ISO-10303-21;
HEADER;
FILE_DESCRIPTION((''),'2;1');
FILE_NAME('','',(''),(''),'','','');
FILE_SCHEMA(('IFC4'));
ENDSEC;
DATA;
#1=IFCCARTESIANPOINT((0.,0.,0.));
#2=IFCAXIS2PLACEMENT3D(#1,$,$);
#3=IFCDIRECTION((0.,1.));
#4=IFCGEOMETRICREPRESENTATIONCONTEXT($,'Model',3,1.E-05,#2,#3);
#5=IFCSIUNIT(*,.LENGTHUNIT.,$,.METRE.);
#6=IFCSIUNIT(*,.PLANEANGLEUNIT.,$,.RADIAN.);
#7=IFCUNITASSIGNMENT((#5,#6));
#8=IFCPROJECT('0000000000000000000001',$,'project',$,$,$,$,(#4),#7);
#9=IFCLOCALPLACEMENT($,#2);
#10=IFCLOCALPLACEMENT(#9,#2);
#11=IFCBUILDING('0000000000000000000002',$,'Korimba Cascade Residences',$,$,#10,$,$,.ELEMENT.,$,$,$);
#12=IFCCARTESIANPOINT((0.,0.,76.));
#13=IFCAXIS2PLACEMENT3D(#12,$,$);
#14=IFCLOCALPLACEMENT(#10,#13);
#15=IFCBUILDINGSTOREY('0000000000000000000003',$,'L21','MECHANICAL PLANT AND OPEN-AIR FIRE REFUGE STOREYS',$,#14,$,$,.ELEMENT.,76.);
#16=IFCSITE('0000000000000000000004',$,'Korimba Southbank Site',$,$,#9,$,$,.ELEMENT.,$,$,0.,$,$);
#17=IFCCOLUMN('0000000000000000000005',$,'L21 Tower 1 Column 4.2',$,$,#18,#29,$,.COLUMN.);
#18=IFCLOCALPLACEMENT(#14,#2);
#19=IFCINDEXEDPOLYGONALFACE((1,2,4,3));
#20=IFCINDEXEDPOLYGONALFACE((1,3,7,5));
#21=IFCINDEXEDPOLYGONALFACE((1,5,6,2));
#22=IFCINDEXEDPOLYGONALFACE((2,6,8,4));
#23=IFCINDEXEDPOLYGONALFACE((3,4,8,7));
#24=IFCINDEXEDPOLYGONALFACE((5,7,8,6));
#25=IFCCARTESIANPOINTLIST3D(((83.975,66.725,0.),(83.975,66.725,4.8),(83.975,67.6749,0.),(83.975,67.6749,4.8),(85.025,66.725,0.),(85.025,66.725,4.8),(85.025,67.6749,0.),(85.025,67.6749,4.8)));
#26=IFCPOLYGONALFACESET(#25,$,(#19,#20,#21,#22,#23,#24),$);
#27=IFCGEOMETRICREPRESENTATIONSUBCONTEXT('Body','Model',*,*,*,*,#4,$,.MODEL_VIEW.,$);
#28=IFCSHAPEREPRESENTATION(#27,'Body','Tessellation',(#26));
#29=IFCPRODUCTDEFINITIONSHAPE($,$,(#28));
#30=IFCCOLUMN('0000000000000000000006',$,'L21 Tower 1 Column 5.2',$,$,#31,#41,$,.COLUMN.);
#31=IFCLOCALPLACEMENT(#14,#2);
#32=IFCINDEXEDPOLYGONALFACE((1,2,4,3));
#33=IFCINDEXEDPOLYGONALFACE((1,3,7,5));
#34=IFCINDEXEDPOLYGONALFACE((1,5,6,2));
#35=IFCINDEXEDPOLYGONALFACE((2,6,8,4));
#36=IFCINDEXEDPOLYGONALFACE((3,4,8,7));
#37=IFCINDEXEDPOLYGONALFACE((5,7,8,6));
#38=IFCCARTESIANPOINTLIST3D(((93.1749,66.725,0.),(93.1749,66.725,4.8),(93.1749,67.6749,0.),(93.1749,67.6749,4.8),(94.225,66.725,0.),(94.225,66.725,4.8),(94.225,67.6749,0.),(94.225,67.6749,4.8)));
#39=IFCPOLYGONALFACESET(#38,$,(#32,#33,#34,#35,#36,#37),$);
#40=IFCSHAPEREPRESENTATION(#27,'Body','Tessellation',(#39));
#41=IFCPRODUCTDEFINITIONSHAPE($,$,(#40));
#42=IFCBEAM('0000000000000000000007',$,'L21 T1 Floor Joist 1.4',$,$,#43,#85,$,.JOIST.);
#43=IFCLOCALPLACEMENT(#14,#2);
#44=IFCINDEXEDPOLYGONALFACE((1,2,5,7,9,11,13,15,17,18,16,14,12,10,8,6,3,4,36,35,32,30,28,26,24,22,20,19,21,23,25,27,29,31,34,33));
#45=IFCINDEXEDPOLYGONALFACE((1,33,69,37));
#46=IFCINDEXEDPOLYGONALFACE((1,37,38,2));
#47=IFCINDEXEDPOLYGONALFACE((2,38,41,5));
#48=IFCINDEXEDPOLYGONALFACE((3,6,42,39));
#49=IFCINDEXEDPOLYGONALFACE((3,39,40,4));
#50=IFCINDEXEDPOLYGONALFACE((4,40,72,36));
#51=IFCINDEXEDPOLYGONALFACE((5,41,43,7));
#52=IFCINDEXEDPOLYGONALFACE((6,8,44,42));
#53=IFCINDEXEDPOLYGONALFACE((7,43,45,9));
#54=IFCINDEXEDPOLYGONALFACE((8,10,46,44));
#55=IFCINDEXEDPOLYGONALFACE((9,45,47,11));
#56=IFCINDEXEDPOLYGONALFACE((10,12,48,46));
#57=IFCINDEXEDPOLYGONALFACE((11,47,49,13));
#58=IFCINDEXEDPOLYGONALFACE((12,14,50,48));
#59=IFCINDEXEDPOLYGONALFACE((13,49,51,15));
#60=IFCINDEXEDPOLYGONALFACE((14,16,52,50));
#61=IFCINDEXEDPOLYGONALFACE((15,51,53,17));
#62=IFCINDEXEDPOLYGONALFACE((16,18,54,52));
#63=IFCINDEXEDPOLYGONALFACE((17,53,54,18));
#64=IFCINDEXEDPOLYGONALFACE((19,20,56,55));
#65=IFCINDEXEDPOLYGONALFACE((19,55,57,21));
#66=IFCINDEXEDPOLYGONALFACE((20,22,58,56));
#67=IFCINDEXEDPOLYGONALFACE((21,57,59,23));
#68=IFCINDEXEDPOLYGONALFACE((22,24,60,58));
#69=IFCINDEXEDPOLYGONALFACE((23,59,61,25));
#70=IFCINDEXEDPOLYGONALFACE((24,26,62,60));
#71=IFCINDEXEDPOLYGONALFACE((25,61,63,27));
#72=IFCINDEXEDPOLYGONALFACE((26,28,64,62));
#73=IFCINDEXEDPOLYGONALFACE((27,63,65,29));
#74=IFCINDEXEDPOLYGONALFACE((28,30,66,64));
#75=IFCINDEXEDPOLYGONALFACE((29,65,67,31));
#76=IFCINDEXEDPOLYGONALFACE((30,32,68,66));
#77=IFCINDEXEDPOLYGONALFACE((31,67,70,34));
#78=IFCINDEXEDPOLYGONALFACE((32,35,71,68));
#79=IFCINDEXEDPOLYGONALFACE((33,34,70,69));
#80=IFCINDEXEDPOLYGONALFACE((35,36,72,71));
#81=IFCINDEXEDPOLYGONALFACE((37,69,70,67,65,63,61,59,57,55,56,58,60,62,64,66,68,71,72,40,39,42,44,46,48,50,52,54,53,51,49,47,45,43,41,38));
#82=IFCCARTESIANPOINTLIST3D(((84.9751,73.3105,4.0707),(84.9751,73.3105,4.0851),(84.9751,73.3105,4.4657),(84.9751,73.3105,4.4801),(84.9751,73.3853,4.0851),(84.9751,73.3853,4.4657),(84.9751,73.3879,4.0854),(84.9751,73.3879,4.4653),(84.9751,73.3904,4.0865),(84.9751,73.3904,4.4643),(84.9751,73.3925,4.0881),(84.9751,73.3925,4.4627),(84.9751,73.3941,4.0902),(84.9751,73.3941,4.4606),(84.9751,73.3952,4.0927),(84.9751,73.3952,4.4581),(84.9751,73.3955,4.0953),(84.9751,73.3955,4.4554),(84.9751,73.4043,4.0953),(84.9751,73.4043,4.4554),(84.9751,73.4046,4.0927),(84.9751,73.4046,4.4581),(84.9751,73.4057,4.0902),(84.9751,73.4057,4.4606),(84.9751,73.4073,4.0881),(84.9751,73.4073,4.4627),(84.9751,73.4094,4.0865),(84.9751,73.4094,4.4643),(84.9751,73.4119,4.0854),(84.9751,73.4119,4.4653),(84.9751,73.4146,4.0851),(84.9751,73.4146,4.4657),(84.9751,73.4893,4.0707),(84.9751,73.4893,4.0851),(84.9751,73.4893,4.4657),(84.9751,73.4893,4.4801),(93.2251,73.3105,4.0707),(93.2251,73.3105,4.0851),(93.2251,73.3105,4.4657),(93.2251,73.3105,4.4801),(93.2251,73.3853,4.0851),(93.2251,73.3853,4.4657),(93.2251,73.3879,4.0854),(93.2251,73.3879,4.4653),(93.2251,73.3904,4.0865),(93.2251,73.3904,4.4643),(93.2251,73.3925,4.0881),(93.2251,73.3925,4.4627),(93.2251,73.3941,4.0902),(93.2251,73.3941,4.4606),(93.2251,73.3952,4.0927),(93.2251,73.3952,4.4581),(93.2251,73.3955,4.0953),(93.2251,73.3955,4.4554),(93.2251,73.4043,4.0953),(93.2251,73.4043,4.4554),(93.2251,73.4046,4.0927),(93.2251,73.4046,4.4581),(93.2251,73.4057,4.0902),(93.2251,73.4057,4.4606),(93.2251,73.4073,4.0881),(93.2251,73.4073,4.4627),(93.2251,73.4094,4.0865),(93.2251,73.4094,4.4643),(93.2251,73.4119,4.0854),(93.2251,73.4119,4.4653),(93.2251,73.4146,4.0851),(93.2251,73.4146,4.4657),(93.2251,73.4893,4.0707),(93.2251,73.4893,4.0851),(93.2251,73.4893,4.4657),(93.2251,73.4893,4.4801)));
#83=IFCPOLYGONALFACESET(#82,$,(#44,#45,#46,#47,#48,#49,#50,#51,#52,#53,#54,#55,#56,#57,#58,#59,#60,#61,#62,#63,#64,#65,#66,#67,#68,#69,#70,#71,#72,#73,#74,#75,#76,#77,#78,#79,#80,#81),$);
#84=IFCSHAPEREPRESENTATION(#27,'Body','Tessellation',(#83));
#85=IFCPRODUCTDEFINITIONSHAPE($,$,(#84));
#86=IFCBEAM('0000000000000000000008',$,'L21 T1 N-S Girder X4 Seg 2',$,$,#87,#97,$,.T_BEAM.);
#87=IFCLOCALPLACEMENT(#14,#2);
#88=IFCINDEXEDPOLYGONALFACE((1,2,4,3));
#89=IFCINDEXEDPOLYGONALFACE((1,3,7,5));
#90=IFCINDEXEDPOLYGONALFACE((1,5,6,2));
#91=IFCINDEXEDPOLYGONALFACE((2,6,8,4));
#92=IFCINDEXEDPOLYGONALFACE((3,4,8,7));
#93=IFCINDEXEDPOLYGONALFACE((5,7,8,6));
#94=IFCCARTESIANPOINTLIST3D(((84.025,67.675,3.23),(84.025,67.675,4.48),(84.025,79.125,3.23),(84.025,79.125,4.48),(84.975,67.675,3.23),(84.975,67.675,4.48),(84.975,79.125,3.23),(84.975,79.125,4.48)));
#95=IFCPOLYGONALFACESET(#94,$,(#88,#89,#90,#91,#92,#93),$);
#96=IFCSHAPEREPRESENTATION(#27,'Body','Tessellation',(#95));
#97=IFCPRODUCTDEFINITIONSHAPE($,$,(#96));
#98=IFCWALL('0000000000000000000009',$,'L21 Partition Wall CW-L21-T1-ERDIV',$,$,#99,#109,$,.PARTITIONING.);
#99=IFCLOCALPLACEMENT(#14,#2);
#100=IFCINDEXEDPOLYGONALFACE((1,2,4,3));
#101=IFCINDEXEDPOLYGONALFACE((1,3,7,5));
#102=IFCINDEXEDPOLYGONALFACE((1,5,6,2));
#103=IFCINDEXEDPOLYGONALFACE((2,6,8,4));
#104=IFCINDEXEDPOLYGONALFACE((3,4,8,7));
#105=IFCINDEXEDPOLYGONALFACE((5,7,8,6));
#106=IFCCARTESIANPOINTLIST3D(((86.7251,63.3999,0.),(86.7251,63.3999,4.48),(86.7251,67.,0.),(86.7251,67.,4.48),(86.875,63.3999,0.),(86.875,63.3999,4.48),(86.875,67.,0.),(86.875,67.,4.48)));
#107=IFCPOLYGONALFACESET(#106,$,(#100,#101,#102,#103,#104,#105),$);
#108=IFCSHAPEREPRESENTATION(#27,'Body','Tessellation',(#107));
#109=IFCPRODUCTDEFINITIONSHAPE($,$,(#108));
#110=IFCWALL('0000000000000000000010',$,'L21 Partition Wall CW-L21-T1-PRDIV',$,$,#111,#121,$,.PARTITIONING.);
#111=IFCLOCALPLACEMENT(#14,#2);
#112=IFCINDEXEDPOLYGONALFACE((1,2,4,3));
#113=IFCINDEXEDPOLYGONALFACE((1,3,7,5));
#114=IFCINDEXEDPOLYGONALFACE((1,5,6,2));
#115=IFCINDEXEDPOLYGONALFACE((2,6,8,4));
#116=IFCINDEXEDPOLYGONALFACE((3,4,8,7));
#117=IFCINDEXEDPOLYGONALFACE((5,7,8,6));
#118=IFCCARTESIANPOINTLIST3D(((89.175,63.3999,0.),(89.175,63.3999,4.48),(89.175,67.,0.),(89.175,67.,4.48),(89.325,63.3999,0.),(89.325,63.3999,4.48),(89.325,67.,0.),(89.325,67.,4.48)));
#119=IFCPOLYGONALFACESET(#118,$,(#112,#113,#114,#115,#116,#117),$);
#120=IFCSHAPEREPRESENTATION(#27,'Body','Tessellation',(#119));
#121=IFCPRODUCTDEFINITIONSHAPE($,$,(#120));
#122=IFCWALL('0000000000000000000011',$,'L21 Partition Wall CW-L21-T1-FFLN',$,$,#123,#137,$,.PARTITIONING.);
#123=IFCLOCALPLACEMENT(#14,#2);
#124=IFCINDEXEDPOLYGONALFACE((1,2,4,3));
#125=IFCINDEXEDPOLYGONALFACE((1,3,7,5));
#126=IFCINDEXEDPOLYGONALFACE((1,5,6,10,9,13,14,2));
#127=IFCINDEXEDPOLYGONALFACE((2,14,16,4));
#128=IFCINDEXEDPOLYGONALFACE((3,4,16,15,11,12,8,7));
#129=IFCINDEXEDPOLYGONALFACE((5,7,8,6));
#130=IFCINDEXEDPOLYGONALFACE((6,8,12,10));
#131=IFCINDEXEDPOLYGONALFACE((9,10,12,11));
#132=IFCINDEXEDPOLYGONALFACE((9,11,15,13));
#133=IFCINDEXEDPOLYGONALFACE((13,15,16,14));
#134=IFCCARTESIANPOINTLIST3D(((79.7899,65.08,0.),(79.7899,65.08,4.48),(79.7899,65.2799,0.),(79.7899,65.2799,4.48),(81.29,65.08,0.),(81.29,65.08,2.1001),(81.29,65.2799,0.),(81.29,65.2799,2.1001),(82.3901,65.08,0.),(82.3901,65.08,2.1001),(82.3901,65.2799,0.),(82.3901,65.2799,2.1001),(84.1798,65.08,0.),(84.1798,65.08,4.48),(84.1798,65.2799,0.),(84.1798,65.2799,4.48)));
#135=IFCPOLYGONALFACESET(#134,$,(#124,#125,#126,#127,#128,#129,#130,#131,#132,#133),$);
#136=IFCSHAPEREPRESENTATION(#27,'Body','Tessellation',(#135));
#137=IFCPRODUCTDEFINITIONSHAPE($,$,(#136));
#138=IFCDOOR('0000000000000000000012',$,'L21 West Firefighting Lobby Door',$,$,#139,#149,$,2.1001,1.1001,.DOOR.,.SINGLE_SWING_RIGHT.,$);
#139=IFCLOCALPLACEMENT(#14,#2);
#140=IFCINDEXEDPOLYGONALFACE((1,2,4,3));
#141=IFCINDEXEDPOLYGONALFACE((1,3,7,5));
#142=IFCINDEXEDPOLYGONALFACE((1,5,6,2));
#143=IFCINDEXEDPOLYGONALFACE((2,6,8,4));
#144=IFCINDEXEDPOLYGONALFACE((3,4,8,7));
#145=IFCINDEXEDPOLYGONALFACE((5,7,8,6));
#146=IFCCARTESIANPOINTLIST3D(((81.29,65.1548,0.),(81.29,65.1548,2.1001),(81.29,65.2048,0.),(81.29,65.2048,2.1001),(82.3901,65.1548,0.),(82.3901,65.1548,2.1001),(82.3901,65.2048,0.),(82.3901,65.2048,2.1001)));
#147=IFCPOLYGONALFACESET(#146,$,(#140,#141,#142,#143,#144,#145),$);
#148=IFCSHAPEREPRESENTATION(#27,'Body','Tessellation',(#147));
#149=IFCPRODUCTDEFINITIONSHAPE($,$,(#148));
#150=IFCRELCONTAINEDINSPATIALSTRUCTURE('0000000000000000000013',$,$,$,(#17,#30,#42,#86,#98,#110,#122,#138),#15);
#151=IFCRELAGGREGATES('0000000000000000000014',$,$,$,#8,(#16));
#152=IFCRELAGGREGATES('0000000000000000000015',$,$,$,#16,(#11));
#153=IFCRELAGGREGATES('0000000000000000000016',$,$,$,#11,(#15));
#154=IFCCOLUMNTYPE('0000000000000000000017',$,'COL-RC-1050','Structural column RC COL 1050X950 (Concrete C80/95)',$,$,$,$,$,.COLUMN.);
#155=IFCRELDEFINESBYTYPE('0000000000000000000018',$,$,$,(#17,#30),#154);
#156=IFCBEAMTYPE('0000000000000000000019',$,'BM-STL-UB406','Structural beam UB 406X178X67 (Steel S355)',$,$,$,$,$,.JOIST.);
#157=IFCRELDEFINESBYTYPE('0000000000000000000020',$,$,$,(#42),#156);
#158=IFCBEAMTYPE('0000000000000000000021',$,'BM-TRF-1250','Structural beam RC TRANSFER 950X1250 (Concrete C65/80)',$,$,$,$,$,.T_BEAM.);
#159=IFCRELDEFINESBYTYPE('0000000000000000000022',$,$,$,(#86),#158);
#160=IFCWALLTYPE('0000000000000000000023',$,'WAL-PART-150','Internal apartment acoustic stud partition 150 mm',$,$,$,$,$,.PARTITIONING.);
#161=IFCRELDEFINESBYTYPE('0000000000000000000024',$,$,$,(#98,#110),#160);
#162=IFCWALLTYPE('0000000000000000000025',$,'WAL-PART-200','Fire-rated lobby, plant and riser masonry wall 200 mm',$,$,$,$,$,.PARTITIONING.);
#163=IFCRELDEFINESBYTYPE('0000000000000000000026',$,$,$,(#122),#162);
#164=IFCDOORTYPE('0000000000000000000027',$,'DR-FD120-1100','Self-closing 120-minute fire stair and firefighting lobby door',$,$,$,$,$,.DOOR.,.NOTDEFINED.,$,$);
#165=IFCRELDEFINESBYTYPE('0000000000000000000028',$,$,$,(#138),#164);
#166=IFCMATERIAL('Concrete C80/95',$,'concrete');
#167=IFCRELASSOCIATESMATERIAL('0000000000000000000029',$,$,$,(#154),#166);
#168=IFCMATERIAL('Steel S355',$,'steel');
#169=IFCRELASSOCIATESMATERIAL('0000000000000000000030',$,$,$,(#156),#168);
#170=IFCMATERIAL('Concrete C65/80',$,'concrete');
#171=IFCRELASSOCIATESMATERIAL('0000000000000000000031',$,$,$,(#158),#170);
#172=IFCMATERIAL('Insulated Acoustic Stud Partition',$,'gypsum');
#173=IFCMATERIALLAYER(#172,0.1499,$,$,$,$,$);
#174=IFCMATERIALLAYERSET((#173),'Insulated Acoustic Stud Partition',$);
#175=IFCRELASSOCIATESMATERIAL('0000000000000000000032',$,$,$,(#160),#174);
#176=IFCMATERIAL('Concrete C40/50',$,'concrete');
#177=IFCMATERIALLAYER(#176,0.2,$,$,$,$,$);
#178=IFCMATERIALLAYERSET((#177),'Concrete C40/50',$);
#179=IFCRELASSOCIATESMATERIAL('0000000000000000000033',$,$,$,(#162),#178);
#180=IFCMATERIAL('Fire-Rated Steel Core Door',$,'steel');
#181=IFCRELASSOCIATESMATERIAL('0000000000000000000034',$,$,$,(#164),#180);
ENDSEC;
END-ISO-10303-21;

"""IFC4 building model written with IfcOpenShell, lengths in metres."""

from ifc_helpers import new_model, si_unit, direction, frame, frame_2d, origin, origin_2d, place, context, subcontext, project, spatial, rectangle, i_section, extrude, material, layer, layer_set, material_profile, profile_set, type_object, element, fill, save


model = new_model("IFC4")

# Units and contexts
model_context = context("Model", 3, precision=1e-05, world=origin(), true_north=direction((0.0, 1.0)))
body_context = subcontext(model_context, "Body", "Model", "MODEL_VIEW")
ifc_project = project(units=[si_unit("LENGTHUNIT", "METRE"), si_unit("PLANEANGLEUNIT", "RADIAN")], contexts=[model_context])

# Site, building, storey
site_placement = place(None, origin())
site = spatial("IfcSite", under=ifc_project, at=site_placement, Name="Korimba Southbank Site", CompositionType="ELEMENT", RefElevation=0.0)
building_placement = place(site_placement, origin())
building = spatial("IfcBuilding", under=site, at=building_placement, Name="Korimba Cascade Residences", CompositionType="ELEMENT")
storey_placement = place(building_placement, frame((0.0, 0.0, 76.0)))
storey = spatial("IfcBuildingStorey", under=building, at=storey_placement, Name="L21", Description="MECHANICAL PLANT AND OPEN-AIR FIRE REFUGE STOREYS", CompositionType="ELEMENT", Elevation=76.0)

# Columns
ifc_material_1 = material(Name="Concrete C80/95", Category="concrete")
ifc_material_profile_1 = material_profile(ifc_material_1, rectangle(XDim=1.05, YDim=0.95, at=origin_2d()), Name="Concrete C80/95")
ifc_profile_set_1 = profile_set([ifc_material_profile_1], Name="Concrete C80/95")
column_type = type_object("IfcColumnType", Name="COL-RC-1050", Description="Structural column RC COL 1050X950 (Concrete C80/95)", PredefinedType="COLUMN", material=ifc_profile_set_1)
for number, where, z_axis, x_axis, name in (
    (1, (84.5, 67.2, 0.0), (0.0, 0.0, 1.0), (1.0, 0.0, 0.0), "L21 Tower 1 Column 4.2"),
    (2, (93.7, 67.2, 0.0), (0.0, 0.0, 1.0), (1.0, 0.0, 0.0), "L21 Tower 1 Column 5.2"),
):
    element("IfcColumn", number, at=place(storey_placement, frame(where, z_axis=z_axis, x_axis=x_axis)), inside=storey, type_object=column_type, Name=name, PredefinedType="COLUMN", context=body_context, shape_type="SweptSolid", body=[
        extrude(rectangle(XDim=1.05, YDim=0.95, at=origin_2d()), origin(), (0.0, 0.0, 1.0), 4.8),
    ])

# Beams
ifc_material_2 = material(Name="Steel S355", Category="steel")
ifc_material_profile_2 = material_profile(ifc_material_2, i_section(OverallWidth=0.1787, OverallDepth=0.4094, WebThickness=0.0088, FlangeThickness=0.0144, FilletRadius=0.0103, at=origin_2d()), Name="Steel S355")
ifc_profile_set_2 = profile_set([ifc_material_profile_2], Name="Steel S355")
beam_type_1 = type_object("IfcBeamType", Name="BM-STL-UB406", Description="Structural beam UB 406X178X67 (Steel S355)", PredefinedType="JOIST", material=ifc_profile_set_2)
beam_1_placement = place(storey_placement, frame((84.9751, 73.3999, 4.2754), z_axis=(1.0, 0.0, 0.0), x_axis=(0.0, 1.0, 0.0)))
element("IfcBeam", 3, at=beam_1_placement, inside=storey, type_object=beam_type_1, Name="L21 T1 Floor Joist 1.4", PredefinedType="JOIST", context=body_context, shape_type="SweptSolid", body=[
    extrude(i_section(OverallWidth=0.1787, OverallDepth=0.4094, WebThickness=0.0088, FlangeThickness=0.0144, FilletRadius=0.0103, at=origin_2d()), origin(), (0.0, 0.0, 1.0), 8.25),
])
ifc_material_3 = material(Name="Concrete C65/80", Category="concrete")
ifc_material_profile_3 = material_profile(ifc_material_3, rectangle(XDim=0.95, YDim=1.25, at=origin_2d()), Name="Concrete C65/80")
ifc_profile_set_3 = profile_set([ifc_material_profile_3], Name="Concrete C65/80")
beam_type_2 = type_object("IfcBeamType", Name="BM-TRF-1250", Description="Structural beam RC TRANSFER 950X1250 (Concrete C65/80)", PredefinedType="T_BEAM", material=ifc_profile_set_3)
beam_2_placement = place(storey_placement, frame((84.5, 67.675, 3.855), z_axis=(0.0, 1.0, 0.0), x_axis=(-1.0, 0.0, 0.0)))
element("IfcBeam", 4, at=beam_2_placement, inside=storey, type_object=beam_type_2, Name="L21 T1 N-S Girder X4 Seg 2", PredefinedType="T_BEAM", context=body_context, shape_type="SweptSolid", body=[
    extrude(rectangle(XDim=0.95, YDim=1.25, at=origin_2d()), origin(), (0.0, 0.0, 1.0), 11.45),
])

# Walls
ifc_material_4 = material(Name="Insulated Acoustic Stud Partition", Category="gypsum")
ifc_layer_1 = layer(ifc_material_4, 0.1499)
ifc_layer_set_1 = layer_set([ifc_layer_1], Name="Insulated Acoustic Stud Partition")
wall_type_1 = type_object("IfcWallType", Name="WAL-PART-150", Description="Internal apartment acoustic stud partition 150 mm", PredefinedType="PARTITIONING", material=ifc_layer_set_1)
for number, where, z_axis, x_axis, name in (
    (5, (86.8, 63.3999, 0.0), (0.0, 0.0, 1.0), (0.0, 1.0, 0.0), "L21 Partition Wall CW-L21-T1-ERDIV"),
    (6, (89.25, 63.3999, 0.0), (0.0, 0.0, 1.0), (0.0, 1.0, 0.0), "L21 Partition Wall CW-L21-T1-PRDIV"),
):
    element("IfcWall", number, at=place(storey_placement, frame(where, z_axis=z_axis, x_axis=x_axis)), inside=storey, type_object=wall_type_1, Name=name, PredefinedType="PARTITIONING", context=body_context, shape_type="SweptSolid", body=[
        extrude(rectangle(XDim=3.6001, YDim=0.1499, at=frame_2d((1.8, 0.0))), origin(), (0.0, 0.0, 1.0), 4.48),
    ])

# Wall, opening, door
ifc_material_5 = material(Name="Concrete C40/50", Category="concrete")
ifc_layer_2 = layer(ifc_material_5, 0.2)
ifc_layer_set_2 = layer_set([ifc_layer_2], Name="Concrete C40/50")
wall_type_2 = type_object("IfcWallType", Name="WAL-PART-200", Description="Fire-rated lobby, plant and riser masonry wall 200 mm", PredefinedType="PARTITIONING", material=ifc_layer_set_2)
wall_1_placement = place(storey_placement, frame((79.79, 65.1799, 0.0), z_axis=(0.0, 0.0, 1.0), x_axis=(1.0, 0.0, 0.0)))
wall_1 = element("IfcWall", 7, at=wall_1_placement, inside=storey, type_object=wall_type_2, Name="L21 Partition Wall CW-L21-T1-FFLN", PredefinedType="PARTITIONING", context=body_context, shape_type="SweptSolid", body=[
    extrude(rectangle(XDim=4.3899, YDim=0.2, at=frame_2d((2.1948, 0.0))), origin(), (0.0, 0.0, 1.0), 4.48),
])
opening_1_placement = place(wall_1_placement, frame((1.5, 0.0, 0.0)))
opening_1 = element("IfcOpeningElement", 8, at=opening_1_placement, cuts=wall_1, PredefinedType="OPENING", context=body_context, shape_type="SweptSolid", body=[
    extrude(rectangle(XDim=1.1001, YDim=2.1001, at=frame_2d((0.55, 1.05))), frame((0.0, 0.1099, 0.0), z_axis=(0.0, -1.0, 0.0), x_axis=(1.0, 0.0, 0.0)), (0.0, 0.0, 1.0), 0.22),
])
ifc_material_6 = material(Name="Fire-Rated Steel Core Door", Category="steel")
door_type_1 = type_object("IfcDoorType", Name="DR-FD120-1100", Description="Self-closing 120-minute fire stair and firefighting lobby door", OperationType="NOTDEFINED", PredefinedType="DOOR", material=ifc_material_6)
door_1_placement = place(opening_1_placement, origin())
door_1 = element("IfcDoor", 9, at=door_1_placement, inside=storey, type_object=door_type_1, Name="L21 West Firefighting Lobby Door", OperationType="SINGLE_SWING_RIGHT", OverallHeight=2.1001, OverallWidth=1.1001, PredefinedType="DOOR", context=body_context, shape_type="SweptSolid", body=[
    extrude(rectangle(XDim=1.1001, YDim=2.1001, at=frame_2d((0.55, 1.05))), frame((0.0, 0.0249, 0.0), z_axis=(0.0, -1.0, 0.0), x_axis=(1.0, 0.0, 0.0)), (0.0, 0.0, 1.0), 0.05),
])
fill(opening_1, door_1)

save(model, "model.ifc")
